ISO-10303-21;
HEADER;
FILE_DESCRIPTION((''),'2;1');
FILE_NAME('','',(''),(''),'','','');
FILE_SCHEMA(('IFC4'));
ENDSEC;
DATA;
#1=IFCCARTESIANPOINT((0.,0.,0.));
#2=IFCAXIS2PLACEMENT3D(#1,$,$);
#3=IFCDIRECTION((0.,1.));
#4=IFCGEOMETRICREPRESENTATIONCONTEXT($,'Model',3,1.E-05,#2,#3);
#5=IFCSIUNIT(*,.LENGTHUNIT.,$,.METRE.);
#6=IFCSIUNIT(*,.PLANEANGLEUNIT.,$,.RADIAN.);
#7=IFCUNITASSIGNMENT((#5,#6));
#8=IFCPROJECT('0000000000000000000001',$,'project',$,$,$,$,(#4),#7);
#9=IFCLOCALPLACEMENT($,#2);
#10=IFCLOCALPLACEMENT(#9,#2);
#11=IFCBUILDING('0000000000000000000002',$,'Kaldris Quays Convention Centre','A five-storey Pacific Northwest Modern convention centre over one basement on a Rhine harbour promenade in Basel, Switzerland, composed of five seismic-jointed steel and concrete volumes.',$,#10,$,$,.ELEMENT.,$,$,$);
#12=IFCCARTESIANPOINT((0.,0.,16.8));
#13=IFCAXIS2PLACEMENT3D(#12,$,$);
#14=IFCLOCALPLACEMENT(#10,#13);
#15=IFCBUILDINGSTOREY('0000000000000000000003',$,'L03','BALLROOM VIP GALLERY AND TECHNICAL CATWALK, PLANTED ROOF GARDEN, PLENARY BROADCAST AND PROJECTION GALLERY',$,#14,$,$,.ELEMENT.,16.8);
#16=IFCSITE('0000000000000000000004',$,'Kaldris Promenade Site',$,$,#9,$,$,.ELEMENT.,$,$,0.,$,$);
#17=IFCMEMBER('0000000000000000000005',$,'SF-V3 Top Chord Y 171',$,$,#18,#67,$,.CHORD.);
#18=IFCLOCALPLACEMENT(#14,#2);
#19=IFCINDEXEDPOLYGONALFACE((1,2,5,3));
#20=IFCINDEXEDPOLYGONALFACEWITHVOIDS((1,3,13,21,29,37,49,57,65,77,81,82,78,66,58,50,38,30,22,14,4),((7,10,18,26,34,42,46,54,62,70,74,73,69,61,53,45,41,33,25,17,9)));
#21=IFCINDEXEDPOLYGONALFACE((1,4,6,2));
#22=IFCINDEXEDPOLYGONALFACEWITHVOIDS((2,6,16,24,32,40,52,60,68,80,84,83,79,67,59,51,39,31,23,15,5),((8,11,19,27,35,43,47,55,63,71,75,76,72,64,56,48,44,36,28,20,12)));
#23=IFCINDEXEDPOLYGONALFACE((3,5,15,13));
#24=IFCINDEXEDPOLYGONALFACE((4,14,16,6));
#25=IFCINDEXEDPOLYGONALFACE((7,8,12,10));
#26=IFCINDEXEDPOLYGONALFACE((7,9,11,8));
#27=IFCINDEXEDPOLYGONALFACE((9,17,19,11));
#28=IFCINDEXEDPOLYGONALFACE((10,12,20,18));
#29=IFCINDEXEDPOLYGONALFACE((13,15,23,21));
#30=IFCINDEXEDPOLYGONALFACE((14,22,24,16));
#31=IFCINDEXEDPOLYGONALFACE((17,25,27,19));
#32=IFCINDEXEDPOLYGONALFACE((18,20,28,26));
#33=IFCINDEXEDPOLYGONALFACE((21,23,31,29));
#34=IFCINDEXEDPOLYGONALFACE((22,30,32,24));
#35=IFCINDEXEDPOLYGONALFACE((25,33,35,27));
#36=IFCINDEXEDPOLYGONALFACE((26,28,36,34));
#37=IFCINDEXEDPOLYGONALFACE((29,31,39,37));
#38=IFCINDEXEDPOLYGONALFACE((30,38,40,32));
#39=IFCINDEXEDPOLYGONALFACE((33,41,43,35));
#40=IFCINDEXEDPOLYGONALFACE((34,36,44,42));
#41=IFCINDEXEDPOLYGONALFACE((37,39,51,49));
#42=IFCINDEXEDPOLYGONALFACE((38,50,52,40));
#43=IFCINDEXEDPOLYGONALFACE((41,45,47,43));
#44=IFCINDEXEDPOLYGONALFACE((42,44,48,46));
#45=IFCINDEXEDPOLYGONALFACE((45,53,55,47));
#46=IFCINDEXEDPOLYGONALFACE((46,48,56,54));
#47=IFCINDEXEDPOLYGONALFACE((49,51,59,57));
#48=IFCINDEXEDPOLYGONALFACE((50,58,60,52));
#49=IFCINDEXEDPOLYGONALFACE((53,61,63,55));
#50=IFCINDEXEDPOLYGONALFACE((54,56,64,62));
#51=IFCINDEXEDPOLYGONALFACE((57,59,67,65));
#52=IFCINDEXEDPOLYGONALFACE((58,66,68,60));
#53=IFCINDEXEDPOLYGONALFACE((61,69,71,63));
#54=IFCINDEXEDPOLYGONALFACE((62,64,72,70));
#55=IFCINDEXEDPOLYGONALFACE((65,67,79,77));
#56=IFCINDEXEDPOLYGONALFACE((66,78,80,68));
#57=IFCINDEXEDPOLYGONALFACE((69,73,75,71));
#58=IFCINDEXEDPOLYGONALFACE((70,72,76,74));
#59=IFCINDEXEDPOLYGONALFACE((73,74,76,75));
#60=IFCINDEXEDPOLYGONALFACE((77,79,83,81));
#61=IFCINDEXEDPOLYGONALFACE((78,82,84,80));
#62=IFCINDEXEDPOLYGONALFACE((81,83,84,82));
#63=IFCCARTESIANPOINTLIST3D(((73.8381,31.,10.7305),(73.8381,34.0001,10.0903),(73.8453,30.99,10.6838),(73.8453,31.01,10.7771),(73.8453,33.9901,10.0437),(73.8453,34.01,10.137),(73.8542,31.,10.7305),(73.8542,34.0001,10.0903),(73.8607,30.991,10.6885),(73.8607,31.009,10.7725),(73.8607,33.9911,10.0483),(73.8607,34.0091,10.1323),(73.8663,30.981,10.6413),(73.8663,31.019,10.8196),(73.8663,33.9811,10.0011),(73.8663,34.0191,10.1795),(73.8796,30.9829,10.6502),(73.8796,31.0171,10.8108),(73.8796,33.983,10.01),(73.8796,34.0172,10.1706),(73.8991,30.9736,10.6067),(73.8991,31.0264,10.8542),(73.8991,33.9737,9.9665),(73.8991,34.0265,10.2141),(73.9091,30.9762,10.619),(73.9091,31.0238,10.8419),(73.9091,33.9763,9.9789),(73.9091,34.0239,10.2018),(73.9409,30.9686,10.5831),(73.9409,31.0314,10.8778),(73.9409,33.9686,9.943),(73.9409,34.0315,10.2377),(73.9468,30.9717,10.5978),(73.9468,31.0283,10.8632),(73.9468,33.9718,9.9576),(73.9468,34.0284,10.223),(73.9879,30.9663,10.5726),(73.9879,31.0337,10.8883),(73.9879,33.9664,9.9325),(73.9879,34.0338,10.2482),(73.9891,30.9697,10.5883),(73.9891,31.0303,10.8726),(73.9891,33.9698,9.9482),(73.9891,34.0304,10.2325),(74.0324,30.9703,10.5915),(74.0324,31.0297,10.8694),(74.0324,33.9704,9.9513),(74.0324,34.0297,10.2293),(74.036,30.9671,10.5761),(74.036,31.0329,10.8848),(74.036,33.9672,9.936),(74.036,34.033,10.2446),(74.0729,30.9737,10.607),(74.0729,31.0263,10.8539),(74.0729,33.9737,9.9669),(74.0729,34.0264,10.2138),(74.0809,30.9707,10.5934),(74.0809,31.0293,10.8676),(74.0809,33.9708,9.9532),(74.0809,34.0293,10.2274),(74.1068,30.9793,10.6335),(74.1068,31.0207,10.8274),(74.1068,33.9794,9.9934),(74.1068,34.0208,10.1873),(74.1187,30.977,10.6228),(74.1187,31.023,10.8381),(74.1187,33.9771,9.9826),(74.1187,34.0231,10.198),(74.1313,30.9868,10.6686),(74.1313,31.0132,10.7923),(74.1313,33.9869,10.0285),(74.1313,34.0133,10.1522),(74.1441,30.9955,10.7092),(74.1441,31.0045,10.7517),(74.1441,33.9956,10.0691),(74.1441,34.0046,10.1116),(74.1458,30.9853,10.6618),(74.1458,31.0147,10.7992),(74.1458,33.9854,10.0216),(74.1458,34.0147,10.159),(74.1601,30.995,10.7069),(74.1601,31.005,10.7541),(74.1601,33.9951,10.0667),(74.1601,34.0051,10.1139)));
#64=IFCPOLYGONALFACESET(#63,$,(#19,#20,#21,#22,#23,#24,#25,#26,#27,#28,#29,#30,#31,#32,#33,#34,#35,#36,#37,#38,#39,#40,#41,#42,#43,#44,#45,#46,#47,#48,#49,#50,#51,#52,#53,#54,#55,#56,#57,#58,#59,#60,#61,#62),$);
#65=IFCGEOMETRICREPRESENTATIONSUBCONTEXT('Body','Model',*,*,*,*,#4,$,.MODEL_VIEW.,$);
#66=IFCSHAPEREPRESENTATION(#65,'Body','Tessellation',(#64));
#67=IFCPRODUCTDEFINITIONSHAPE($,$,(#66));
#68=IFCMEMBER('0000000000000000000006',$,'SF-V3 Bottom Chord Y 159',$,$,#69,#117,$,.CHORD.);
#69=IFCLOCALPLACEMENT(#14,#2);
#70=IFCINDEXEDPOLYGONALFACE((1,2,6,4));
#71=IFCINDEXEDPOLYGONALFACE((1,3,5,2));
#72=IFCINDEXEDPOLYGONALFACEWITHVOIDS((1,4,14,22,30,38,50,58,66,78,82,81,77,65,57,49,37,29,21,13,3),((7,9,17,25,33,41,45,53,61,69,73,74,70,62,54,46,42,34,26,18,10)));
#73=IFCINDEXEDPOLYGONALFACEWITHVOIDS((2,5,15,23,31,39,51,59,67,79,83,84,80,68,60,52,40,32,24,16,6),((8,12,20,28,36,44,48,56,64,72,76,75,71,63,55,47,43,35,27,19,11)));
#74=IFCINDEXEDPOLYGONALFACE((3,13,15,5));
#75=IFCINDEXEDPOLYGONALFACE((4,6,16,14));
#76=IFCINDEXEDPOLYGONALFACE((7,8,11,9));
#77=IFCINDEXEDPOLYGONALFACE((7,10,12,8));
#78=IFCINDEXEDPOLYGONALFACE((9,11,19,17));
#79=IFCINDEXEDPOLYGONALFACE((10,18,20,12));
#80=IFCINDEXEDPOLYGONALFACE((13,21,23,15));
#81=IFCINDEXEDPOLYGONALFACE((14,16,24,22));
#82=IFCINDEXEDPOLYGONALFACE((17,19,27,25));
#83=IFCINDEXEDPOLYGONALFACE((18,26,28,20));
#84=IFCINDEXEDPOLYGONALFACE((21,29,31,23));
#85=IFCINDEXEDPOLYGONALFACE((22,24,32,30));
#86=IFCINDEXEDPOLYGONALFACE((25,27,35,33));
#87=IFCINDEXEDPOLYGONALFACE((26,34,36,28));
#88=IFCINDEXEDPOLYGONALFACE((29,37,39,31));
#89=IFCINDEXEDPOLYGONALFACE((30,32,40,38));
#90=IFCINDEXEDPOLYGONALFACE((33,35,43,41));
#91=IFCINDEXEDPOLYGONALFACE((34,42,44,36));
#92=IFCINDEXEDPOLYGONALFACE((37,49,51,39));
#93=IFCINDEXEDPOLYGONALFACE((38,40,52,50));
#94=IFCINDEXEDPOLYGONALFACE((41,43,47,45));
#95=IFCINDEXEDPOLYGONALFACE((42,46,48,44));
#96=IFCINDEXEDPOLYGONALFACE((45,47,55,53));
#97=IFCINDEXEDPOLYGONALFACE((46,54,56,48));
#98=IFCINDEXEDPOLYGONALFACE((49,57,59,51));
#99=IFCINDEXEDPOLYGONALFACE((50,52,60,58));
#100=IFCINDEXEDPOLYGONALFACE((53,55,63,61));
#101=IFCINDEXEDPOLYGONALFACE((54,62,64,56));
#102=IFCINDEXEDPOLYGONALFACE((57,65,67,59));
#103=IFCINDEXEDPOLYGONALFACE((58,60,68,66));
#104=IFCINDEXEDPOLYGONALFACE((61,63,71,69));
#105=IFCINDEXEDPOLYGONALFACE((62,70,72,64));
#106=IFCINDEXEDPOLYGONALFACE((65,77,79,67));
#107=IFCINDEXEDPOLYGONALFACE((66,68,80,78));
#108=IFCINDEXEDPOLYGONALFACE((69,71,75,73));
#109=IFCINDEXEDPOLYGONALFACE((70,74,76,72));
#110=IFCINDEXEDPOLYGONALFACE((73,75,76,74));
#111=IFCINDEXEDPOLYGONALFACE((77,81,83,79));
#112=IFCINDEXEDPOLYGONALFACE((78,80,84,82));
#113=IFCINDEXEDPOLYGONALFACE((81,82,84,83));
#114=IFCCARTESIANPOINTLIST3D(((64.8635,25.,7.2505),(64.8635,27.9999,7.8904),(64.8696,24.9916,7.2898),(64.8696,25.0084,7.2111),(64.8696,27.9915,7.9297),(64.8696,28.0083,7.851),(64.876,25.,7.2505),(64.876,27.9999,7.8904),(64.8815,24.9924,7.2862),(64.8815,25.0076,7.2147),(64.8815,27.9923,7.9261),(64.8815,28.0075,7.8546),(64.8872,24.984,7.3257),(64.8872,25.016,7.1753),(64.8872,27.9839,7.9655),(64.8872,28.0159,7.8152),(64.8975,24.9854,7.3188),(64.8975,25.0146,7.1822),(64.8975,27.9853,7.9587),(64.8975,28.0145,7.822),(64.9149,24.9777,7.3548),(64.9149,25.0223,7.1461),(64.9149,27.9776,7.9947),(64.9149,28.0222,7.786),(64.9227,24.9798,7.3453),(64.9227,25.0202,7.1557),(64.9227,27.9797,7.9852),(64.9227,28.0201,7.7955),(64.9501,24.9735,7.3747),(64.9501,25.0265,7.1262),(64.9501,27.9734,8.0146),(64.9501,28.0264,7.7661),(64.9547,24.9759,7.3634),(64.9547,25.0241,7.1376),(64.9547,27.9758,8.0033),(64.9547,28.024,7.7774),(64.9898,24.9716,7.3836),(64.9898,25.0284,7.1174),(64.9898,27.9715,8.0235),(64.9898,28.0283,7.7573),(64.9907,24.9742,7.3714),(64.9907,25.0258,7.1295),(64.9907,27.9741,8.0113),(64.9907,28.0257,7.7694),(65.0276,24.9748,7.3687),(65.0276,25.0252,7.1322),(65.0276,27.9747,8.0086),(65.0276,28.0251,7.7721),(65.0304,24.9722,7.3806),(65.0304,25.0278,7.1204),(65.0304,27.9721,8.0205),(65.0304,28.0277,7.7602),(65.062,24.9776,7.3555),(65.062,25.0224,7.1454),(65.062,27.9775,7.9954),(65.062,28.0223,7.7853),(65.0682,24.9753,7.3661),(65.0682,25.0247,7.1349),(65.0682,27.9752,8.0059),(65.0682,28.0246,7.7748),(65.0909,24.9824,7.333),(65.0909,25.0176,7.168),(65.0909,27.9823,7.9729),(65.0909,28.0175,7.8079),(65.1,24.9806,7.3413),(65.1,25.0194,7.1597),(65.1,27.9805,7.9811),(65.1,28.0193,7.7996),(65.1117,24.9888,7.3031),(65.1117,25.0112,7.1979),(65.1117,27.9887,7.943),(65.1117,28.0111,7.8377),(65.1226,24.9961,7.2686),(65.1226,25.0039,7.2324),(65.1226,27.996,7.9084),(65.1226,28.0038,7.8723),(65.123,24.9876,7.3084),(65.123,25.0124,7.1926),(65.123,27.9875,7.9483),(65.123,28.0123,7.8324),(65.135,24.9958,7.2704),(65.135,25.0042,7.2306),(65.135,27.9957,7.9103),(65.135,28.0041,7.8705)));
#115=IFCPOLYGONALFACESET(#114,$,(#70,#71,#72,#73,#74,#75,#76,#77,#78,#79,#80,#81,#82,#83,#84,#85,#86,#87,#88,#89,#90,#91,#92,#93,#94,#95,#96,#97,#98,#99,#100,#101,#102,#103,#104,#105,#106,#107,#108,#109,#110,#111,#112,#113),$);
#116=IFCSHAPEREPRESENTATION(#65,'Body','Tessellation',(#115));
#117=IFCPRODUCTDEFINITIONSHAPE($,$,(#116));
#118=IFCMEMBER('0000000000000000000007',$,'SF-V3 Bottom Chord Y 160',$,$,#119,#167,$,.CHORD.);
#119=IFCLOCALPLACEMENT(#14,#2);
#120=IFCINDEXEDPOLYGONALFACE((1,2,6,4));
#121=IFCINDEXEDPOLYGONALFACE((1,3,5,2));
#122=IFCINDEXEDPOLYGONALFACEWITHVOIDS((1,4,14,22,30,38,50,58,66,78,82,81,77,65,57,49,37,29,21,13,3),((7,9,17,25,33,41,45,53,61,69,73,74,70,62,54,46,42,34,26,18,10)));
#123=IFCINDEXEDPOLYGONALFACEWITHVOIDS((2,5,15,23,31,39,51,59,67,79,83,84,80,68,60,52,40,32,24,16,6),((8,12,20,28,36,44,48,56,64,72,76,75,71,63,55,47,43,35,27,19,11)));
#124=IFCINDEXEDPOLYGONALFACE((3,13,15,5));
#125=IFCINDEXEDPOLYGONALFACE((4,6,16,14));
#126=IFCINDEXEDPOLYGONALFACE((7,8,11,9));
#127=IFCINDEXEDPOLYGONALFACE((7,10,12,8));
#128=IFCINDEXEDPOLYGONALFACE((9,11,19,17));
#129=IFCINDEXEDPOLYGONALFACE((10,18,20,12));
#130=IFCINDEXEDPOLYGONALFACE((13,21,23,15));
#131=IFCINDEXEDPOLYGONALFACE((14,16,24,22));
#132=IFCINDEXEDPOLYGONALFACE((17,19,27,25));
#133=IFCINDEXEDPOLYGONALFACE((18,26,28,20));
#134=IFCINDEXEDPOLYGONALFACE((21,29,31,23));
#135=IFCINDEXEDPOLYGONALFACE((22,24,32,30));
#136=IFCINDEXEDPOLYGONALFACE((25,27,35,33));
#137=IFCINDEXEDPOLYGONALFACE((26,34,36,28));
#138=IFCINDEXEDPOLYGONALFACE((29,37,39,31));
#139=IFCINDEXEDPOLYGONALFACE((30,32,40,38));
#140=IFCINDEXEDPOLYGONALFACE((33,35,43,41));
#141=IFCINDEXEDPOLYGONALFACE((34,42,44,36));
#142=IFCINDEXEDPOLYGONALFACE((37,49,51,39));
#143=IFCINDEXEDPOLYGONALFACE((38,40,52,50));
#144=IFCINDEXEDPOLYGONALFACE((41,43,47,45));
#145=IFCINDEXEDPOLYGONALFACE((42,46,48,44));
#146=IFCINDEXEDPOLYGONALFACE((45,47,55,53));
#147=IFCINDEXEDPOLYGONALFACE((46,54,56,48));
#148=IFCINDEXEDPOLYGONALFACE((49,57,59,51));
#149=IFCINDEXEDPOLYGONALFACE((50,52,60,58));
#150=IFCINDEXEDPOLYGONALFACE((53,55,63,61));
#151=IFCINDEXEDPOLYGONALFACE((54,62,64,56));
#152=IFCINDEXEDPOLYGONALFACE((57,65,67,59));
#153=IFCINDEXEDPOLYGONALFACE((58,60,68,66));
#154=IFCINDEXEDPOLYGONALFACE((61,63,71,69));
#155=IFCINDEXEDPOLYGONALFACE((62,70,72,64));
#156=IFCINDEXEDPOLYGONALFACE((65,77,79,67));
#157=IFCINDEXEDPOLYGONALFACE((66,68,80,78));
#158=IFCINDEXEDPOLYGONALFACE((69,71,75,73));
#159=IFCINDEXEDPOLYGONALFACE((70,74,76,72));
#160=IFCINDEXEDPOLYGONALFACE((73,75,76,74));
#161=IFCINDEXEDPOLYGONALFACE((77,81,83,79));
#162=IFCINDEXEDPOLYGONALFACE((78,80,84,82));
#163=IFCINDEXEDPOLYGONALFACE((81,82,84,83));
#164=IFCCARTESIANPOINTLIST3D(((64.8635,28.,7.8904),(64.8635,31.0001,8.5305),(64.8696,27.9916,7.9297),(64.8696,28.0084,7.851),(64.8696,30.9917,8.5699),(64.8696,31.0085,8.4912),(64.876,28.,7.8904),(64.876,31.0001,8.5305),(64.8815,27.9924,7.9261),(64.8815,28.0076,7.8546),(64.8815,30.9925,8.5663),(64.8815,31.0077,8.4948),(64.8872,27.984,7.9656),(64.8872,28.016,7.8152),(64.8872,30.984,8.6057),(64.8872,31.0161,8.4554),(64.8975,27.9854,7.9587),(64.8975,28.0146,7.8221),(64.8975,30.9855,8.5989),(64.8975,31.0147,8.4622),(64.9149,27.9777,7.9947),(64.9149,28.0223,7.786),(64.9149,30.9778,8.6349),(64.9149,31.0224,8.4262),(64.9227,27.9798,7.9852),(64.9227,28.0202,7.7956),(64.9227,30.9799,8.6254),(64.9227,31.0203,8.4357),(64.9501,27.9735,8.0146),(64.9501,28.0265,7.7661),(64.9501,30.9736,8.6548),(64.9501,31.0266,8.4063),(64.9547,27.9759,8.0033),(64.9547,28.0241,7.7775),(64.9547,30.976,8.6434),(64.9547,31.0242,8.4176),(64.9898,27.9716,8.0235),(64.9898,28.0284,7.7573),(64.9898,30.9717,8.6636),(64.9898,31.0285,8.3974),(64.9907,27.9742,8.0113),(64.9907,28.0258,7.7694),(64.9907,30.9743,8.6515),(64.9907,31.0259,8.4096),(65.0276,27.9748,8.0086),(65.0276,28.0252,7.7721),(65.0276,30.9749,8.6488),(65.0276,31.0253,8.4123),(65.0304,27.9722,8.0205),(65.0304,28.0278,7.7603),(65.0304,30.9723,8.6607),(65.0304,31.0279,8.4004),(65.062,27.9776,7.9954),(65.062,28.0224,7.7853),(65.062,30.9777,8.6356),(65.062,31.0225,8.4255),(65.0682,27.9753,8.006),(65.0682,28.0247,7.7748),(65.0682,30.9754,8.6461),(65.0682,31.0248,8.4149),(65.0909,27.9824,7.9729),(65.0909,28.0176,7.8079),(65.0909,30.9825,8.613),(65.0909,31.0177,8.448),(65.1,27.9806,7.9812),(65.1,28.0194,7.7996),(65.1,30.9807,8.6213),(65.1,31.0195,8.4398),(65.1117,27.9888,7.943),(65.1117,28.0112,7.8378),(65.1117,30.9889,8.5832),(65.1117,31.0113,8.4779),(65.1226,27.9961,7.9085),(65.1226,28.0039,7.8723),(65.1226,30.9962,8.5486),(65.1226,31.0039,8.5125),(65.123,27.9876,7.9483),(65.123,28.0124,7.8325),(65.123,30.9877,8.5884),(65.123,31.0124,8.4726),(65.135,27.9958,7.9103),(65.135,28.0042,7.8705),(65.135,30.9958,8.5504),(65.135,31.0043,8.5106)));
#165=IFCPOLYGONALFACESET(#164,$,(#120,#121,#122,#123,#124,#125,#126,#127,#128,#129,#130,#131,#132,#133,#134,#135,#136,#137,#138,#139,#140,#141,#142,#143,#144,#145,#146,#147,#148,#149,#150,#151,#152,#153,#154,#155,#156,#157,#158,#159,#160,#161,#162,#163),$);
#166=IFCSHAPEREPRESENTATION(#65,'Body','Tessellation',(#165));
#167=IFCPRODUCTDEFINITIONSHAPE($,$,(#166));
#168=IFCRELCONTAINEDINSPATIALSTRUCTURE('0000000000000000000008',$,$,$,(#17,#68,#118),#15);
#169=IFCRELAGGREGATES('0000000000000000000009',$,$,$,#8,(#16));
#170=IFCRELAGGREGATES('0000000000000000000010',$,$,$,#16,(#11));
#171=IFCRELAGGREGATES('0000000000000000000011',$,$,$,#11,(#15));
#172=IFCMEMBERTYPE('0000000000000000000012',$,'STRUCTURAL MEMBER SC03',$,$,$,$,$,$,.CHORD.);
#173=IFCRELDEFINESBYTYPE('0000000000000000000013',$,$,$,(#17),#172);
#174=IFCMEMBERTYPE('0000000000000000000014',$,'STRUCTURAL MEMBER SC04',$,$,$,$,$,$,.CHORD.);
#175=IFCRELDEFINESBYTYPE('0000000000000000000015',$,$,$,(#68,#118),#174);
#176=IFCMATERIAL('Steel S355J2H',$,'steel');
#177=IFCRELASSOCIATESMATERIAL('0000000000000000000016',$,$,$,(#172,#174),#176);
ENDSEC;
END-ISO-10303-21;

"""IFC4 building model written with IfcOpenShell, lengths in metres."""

from ifc_helpers import new_model, si_unit, direction, frame, origin, origin_2d, place, context, subcontext, project, spatial, hollow_circle, extrude, material, material_profile, profile_set, type_object, element, save


model = new_model("IFC4")

# Units and contexts
model_context = context("Model", 3, precision=1e-05, world=origin(), true_north=direction((0.0, 1.0)))
body_context = subcontext(model_context, "Body", "Model", "MODEL_VIEW")
ifc_project = project(units=[si_unit("LENGTHUNIT", "METRE"), si_unit("PLANEANGLEUNIT", "RADIAN")], contexts=[model_context])

# Site, building, storey
site_placement = place(None, origin())
site = spatial("IfcSite", under=ifc_project, at=site_placement, Name="Kaldris Promenade Site", CompositionType="ELEMENT", RefElevation=0.0)
building_placement = place(site_placement, origin())
building = spatial("IfcBuilding", under=site, at=building_placement, Name="Kaldris Quays Convention Centre", Description="A five-storey Pacific Northwest Modern convention centre over one basement on a Rhine harbour promenade in Basel, Switzerland, composed of five seismic-jointed steel and concrete volumes.", CompositionType="ELEMENT")
storey_placement = place(building_placement, frame((0.0, 0.0, 16.8)))
storey = spatial("IfcBuildingStorey", under=building, at=storey_placement, Name="L03", Description="BALLROOM VIP GALLERY AND TECHNICAL CATWALK, PLANTED ROOF GARDEN, PLENARY BROADCAST AND PROJECTION GALLERY", CompositionType="ELEMENT", Elevation=16.8)

# Members
ifc_material_1 = material(Name="Steel S355J2H", Category="steel")
ifc_material_profile_1 = material_profile(ifc_material_1, hollow_circle(Radius=0.1619, WallThickness=0.0161, at=origin_2d()), Name="CHS 323.9x16")
ifc_profile_set_1 = profile_set([ifc_material_profile_1], Name="Steel S355J2H")
member_type_1 = type_object("IfcMemberType", Name="STRUCTURAL MEMBER SC03", PredefinedType="CHORD", material=ifc_profile_set_1)
for number, where, z_axis, x_axis, name in (
    (1, (74.0, 31.0, 10.7305), (0.0, 0.977984, -0.208681), (-1.0, 0.0, 0.0), "SF-V3 Top Chord Y 171"),
):
    element("IfcMember", number, at=place(storey_placement, frame(where, z_axis=z_axis, x_axis=x_axis)), inside=storey, type_object=member_type_1, Name=name, PredefinedType="CHORD", context=body_context, shape_type="SweptSolid", body=[
        extrude(hollow_circle(Radius=0.1619, WallThickness=0.0161, at=origin_2d()), origin(), (0.0, 0.0, 1.0), 3.0676),
    ])
ifc_material_profile_2 = material_profile(ifc_material_1, hollow_circle(Radius=0.1365, WallThickness=0.0125, at=origin_2d()), Name="CHS 273x12.5")
ifc_profile_set_2 = profile_set([ifc_material_profile_2], Name="Steel S355J2H")
member_type_2 = type_object("IfcMemberType", Name="STRUCTURAL MEMBER SC04", PredefinedType="CHORD", material=ifc_profile_set_2)
member_1_placement = place(storey_placement, frame((65.0, 25.0, 7.2505), z_axis=(0.0, 0.978, 0.208605), x_axis=(-1.0, 0.0, 0.0)))
element("IfcMember", 2, at=member_1_placement, inside=storey, type_object=member_type_2, Name="SF-V3 Bottom Chord Y 159", PredefinedType="CHORD", context=body_context, shape_type="SweptSolid", body=[
    extrude(hollow_circle(Radius=0.1365, WallThickness=0.0125, at=origin_2d()), origin(), (0.0, 0.0, 1.0), 3.0674),
])
for number, where, z_axis, x_axis, name in (
    (3, (65.0, 28.0, 7.8904), (0.0, 0.977984, 0.208681), (-1.0, 0.0, 0.0), "SF-V3 Bottom Chord Y 160"),
):
    element("IfcMember", number, at=place(storey_placement, frame(where, z_axis=z_axis, x_axis=x_axis)), inside=storey, type_object=member_type_2, Name=name, PredefinedType="CHORD", context=body_context, shape_type="SweptSolid", body=[
        extrude(hollow_circle(Radius=0.1365, WallThickness=0.0125, at=origin_2d()), origin(), (0.0, 0.0, 1.0), 3.0676),
    ])

save(model, "model.ifc")
